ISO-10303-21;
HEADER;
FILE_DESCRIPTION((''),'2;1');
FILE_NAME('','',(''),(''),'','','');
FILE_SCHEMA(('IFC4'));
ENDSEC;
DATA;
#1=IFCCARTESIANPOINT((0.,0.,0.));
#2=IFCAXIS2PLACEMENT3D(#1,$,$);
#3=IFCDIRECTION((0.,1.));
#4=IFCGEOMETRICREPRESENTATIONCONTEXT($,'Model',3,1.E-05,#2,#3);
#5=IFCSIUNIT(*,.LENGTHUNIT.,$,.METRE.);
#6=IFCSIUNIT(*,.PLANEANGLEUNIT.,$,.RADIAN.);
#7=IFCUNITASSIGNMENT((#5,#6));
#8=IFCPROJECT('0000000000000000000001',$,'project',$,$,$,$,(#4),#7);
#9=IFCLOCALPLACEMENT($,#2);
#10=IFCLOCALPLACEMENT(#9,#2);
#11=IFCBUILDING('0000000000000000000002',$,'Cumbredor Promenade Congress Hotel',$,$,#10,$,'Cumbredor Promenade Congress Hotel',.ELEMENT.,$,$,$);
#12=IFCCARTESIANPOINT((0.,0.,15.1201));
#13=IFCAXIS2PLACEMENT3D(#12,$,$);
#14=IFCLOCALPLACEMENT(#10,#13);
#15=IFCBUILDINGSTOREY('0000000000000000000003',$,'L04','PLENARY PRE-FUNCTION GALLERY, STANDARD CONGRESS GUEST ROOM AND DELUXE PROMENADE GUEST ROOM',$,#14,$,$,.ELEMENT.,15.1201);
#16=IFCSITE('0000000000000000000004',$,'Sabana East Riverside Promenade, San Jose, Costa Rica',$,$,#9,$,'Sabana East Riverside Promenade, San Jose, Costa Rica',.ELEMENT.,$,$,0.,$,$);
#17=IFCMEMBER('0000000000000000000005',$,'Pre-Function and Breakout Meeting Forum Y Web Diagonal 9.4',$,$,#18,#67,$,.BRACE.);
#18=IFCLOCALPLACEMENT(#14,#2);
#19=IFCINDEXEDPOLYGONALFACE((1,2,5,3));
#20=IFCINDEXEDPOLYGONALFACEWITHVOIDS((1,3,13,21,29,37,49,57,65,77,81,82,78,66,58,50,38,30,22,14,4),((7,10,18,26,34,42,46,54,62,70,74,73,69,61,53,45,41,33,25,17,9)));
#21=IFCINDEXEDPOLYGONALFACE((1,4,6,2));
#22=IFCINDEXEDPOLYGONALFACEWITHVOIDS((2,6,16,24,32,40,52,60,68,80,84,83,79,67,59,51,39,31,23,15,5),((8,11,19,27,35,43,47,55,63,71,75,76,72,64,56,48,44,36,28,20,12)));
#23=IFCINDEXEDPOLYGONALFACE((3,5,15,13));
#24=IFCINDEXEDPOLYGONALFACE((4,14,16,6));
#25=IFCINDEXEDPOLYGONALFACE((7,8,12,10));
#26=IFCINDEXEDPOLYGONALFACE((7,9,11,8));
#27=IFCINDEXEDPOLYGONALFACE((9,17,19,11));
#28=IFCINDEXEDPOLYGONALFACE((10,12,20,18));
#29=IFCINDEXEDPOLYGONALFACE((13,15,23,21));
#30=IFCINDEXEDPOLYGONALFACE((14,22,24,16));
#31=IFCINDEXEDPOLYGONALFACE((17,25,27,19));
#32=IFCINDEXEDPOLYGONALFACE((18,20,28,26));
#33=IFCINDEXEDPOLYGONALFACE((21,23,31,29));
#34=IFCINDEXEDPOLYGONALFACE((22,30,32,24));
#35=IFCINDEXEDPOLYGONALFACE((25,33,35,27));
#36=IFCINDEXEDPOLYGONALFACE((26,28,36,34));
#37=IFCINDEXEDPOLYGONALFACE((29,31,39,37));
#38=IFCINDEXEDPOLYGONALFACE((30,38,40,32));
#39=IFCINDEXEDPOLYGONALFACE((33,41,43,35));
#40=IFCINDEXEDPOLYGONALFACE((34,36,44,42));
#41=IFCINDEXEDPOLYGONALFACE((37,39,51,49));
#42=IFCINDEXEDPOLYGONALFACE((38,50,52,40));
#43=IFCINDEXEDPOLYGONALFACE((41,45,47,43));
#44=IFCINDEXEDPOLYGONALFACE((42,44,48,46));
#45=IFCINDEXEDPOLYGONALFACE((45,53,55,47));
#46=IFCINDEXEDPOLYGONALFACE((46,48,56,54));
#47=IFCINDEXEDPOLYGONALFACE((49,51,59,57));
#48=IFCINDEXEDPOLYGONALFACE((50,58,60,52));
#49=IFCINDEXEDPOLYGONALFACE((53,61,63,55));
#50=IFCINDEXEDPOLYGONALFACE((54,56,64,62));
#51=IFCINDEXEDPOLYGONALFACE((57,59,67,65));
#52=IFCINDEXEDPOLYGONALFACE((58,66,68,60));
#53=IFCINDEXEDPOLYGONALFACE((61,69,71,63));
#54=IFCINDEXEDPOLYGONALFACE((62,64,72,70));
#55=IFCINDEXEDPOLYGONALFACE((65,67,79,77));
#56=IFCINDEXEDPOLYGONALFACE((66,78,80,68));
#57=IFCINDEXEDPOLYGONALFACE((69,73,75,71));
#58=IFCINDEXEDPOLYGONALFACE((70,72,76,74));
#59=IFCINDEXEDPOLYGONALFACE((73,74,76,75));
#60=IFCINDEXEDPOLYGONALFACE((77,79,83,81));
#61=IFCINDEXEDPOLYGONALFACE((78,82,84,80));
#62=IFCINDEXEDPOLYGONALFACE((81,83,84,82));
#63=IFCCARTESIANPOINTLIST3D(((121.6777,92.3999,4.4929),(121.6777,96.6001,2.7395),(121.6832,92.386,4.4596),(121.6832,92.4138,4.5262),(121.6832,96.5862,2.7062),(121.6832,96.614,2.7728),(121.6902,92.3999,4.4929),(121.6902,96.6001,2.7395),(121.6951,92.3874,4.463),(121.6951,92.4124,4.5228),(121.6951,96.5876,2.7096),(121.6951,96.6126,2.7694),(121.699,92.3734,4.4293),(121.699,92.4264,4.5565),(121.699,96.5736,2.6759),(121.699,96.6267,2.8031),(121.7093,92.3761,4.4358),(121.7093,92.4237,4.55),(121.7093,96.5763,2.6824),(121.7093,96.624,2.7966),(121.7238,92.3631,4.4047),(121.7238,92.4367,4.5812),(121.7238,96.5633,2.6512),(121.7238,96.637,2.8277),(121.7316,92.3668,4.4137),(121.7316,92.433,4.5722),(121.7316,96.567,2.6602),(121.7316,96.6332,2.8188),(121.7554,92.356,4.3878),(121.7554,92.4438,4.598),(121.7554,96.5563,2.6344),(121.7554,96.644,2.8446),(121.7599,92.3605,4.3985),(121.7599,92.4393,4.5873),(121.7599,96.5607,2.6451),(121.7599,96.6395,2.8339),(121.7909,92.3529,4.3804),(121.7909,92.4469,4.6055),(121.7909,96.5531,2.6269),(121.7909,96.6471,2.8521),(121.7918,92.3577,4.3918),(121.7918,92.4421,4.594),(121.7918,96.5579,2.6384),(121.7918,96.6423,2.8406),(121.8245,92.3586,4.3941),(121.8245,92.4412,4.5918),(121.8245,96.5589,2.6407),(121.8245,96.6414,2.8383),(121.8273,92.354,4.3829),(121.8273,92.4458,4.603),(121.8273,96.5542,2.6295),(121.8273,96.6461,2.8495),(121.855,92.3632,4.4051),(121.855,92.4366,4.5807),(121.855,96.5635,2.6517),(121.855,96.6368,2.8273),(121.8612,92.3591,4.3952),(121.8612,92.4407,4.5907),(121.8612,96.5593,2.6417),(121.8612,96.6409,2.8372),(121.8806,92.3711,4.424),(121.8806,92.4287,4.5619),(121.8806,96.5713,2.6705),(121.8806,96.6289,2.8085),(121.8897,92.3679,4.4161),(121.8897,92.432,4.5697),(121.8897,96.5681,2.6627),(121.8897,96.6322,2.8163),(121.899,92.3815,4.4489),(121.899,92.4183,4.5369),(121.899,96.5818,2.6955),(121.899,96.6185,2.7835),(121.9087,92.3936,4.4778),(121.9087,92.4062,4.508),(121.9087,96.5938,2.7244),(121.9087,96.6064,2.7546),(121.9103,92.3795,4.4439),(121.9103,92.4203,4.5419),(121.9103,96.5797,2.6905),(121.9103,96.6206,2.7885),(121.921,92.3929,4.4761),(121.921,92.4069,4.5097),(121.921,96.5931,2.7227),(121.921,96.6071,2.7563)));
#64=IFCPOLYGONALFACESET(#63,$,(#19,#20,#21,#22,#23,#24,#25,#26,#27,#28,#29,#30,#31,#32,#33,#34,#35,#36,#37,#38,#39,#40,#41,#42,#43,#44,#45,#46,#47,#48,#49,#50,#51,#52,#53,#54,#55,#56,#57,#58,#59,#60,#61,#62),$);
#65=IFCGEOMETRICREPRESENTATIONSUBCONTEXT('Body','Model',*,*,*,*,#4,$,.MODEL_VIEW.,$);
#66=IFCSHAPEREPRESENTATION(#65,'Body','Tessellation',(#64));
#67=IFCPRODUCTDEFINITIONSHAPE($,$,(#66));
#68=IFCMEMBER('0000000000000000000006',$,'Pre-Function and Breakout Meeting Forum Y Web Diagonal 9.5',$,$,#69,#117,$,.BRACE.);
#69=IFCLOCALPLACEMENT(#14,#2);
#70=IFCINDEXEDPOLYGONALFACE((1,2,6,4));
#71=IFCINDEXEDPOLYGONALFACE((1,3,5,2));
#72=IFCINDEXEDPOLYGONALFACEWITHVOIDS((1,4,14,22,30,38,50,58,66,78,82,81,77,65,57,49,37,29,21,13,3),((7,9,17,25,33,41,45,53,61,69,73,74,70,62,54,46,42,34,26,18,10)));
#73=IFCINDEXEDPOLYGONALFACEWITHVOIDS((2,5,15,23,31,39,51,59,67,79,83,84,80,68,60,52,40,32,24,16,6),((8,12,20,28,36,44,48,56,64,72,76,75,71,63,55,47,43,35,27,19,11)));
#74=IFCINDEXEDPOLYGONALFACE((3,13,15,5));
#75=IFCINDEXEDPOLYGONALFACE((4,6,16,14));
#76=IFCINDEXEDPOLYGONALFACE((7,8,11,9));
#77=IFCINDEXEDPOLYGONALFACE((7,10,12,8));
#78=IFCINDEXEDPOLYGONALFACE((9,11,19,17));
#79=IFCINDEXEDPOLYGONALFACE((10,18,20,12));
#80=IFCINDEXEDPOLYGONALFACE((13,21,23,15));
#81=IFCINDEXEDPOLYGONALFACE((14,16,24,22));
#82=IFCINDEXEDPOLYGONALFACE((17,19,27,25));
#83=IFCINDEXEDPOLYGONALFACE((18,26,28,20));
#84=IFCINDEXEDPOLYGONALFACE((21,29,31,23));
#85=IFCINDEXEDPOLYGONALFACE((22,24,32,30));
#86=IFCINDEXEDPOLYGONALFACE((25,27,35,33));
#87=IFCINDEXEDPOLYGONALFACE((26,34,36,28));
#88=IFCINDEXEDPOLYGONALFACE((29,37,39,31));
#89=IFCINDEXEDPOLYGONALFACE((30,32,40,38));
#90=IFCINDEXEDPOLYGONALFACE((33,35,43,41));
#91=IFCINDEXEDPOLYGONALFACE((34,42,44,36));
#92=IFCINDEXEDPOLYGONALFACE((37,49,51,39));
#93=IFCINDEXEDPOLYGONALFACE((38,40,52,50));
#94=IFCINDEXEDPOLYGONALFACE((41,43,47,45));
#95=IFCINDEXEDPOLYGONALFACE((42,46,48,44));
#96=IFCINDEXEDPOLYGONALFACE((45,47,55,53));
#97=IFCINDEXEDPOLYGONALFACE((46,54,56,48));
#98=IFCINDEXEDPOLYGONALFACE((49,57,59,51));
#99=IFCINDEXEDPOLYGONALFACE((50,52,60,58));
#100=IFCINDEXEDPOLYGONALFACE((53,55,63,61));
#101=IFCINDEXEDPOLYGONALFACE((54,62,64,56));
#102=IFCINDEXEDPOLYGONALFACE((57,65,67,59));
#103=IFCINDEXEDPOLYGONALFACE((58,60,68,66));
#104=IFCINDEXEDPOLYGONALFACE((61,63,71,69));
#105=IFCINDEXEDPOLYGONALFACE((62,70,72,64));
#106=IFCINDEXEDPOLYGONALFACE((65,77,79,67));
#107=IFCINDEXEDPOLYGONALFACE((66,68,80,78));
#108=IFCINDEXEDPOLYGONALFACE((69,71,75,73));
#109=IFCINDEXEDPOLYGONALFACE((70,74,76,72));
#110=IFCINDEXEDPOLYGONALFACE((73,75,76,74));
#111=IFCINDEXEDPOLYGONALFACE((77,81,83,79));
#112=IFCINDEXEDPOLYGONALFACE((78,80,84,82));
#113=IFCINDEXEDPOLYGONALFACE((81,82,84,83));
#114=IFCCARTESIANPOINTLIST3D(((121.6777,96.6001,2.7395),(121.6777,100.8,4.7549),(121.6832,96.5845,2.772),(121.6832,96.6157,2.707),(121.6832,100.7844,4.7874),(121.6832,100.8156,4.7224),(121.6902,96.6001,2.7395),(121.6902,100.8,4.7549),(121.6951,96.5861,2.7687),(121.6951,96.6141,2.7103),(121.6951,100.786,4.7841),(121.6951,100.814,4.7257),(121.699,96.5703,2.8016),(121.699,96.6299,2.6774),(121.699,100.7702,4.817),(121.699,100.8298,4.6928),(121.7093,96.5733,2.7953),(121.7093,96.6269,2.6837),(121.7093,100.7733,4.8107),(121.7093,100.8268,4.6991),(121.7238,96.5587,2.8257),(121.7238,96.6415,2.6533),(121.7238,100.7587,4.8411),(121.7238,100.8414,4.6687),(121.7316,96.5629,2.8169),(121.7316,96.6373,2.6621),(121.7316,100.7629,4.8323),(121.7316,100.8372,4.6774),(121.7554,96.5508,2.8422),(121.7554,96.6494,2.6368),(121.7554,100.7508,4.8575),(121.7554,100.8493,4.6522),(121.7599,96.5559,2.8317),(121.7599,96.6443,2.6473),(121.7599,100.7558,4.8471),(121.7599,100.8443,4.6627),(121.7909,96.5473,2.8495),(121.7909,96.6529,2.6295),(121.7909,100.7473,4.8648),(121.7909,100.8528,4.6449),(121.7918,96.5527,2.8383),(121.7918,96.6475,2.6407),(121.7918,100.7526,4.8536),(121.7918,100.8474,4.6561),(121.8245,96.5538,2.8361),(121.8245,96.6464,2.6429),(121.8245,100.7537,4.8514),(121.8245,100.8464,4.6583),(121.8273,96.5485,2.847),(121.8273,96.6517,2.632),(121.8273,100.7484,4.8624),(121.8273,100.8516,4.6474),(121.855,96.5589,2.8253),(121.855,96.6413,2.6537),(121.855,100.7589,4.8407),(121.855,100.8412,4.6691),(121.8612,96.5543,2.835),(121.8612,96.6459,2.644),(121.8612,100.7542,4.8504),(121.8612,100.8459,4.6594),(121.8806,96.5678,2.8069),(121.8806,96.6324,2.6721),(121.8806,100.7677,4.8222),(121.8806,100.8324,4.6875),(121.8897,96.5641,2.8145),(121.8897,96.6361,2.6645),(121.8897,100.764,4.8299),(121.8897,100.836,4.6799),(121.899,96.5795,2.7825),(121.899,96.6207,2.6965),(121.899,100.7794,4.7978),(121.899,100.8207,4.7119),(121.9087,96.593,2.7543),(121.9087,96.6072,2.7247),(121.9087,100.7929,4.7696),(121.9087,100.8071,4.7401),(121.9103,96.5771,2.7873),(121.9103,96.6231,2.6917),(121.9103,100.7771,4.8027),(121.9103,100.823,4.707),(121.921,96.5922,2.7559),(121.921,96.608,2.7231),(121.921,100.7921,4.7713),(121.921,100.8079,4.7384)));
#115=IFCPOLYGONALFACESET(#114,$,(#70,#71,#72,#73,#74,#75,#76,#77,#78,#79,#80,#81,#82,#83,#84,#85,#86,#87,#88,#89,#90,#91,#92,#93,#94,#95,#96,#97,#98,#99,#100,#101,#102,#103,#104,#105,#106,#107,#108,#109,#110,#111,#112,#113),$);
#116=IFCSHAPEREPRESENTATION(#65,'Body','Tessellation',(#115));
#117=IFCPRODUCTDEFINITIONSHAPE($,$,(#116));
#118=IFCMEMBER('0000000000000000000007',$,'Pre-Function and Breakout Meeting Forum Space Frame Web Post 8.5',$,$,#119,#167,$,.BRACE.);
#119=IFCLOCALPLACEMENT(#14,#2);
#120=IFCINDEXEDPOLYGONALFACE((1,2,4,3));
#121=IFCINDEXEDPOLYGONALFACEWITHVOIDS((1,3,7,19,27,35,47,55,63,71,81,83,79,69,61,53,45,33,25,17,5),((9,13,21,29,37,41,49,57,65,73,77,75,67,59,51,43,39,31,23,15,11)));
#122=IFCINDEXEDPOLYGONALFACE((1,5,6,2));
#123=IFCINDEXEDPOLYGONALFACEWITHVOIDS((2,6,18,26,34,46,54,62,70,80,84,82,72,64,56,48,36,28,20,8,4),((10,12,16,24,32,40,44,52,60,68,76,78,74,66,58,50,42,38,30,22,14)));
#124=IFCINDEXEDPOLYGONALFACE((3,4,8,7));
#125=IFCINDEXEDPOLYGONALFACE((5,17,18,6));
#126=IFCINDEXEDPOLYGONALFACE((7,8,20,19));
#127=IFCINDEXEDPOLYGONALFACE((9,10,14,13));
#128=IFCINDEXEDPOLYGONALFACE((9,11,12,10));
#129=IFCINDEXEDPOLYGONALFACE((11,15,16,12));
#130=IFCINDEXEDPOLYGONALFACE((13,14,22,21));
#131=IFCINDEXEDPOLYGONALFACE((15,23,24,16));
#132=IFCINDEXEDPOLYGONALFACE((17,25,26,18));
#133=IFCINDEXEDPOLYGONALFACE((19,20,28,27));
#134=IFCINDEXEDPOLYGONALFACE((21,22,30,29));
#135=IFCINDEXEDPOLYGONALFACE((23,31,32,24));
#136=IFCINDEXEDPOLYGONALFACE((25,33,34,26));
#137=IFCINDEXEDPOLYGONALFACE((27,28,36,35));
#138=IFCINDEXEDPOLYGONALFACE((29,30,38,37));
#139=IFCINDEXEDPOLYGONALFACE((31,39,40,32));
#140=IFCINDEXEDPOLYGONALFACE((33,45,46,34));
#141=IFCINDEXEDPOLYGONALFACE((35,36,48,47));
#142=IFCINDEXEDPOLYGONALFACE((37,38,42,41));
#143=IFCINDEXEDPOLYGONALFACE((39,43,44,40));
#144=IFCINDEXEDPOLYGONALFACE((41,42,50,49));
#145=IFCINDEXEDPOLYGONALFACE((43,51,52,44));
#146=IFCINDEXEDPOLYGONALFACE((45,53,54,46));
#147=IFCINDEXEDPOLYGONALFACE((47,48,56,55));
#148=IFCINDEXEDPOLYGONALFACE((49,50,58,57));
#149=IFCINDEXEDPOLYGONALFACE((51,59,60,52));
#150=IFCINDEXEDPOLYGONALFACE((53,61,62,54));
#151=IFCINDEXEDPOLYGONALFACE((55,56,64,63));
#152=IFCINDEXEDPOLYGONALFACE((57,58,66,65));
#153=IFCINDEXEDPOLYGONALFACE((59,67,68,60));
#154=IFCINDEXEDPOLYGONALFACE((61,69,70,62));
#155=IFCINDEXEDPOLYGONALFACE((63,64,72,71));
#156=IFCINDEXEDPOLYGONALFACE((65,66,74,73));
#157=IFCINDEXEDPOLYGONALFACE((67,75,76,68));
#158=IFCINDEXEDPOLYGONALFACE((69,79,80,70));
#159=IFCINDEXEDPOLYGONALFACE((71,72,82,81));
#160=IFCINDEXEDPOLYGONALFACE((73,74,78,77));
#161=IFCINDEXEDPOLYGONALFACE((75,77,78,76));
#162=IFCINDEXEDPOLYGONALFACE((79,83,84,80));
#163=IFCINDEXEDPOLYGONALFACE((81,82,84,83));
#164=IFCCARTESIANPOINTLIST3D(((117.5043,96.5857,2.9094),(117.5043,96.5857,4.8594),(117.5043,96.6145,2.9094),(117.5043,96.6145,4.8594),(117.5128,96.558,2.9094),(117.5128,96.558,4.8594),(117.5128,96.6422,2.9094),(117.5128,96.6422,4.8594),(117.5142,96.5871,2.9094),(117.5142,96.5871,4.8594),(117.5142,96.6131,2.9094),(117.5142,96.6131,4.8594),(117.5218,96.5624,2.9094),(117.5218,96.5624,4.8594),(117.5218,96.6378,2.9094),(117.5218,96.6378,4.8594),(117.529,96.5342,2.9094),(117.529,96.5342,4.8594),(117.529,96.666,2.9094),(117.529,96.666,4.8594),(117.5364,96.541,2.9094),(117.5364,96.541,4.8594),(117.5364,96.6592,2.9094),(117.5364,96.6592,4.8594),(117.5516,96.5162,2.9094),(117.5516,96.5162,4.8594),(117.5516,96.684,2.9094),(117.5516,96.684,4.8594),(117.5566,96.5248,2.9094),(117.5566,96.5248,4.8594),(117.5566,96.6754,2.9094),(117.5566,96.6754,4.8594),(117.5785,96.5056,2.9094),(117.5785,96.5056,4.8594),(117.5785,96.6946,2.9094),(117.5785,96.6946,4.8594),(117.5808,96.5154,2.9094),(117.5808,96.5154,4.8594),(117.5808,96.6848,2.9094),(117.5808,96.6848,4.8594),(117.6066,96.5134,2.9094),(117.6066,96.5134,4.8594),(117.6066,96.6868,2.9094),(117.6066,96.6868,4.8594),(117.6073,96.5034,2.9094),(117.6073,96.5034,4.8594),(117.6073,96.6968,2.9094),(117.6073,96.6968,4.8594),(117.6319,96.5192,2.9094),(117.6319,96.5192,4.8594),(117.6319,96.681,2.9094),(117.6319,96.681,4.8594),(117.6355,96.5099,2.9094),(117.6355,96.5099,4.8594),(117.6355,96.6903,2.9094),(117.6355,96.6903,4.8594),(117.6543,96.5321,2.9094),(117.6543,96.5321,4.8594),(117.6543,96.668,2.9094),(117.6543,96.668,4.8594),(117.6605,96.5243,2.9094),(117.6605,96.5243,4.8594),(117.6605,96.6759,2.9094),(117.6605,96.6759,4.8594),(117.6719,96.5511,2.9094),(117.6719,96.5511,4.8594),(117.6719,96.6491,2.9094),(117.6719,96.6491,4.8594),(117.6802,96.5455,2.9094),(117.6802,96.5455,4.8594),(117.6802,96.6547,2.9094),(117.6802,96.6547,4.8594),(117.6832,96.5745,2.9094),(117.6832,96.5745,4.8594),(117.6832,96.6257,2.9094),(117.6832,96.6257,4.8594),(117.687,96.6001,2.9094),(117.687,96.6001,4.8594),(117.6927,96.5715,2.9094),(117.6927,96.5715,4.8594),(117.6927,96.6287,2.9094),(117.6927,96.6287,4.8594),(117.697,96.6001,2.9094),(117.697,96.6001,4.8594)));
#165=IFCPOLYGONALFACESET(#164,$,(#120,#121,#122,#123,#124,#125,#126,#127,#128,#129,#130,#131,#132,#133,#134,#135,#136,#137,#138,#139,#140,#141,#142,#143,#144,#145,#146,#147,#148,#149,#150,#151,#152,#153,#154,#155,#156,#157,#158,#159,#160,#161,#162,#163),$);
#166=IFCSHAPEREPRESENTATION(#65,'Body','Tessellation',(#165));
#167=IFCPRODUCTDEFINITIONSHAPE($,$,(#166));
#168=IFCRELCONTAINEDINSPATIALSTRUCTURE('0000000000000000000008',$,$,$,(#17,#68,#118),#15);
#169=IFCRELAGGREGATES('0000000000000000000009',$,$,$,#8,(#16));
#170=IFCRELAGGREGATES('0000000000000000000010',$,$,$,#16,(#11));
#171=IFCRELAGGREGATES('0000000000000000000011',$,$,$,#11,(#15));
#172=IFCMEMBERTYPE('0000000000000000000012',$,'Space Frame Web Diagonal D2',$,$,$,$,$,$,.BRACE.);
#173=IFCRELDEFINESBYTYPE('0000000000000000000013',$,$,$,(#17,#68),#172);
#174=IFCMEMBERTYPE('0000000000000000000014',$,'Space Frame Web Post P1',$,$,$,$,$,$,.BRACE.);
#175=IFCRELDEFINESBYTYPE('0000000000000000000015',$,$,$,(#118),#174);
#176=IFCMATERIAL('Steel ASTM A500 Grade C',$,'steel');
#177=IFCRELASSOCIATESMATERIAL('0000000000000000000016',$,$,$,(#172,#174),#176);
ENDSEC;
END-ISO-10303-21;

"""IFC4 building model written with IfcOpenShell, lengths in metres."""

from ifc_helpers import new_model, si_unit, direction, frame, origin, origin_2d, place, context, subcontext, project, spatial, hollow_circle, extrude, material, material_profile, profile_set, type_object, element, save


model = new_model("IFC4")

# Units and contexts
model_context = context("Model", 3, precision=1e-05, world=origin(), true_north=direction((0.0, 1.0)))
body_context = subcontext(model_context, "Body", "Model", "MODEL_VIEW")
ifc_project = project(units=[si_unit("LENGTHUNIT", "METRE"), si_unit("PLANEANGLEUNIT", "RADIAN")], contexts=[model_context])

# Site, building, storey
site_placement = place(None, origin())
site = spatial("IfcSite", under=ifc_project, at=site_placement, Name="Sabana East Riverside Promenade, San Jose, Costa Rica", LongName="Sabana East Riverside Promenade, San Jose, Costa Rica", CompositionType="ELEMENT", RefElevation=0.0)
building_placement = place(site_placement, origin())
building = spatial("IfcBuilding", under=site, at=building_placement, Name="Cumbredor Promenade Congress Hotel", LongName="Cumbredor Promenade Congress Hotel", CompositionType="ELEMENT")
storey_placement = place(building_placement, frame((0.0, 0.0, 15.1201)))
storey = spatial("IfcBuildingStorey", under=building, at=storey_placement, Name="L04", Description="PLENARY PRE-FUNCTION GALLERY, STANDARD CONGRESS GUEST ROOM AND DELUXE PROMENADE GUEST ROOM", CompositionType="ELEMENT", Elevation=15.1201)

# Members
ifc_material_1 = material(Name="Steel ASTM A500 Grade C", Category="steel")
ifc_material_profile_1 = material_profile(ifc_material_1, hollow_circle(Radius=0.1223, WallThickness=0.0125, at=origin_2d()), Name="CHS 244.5x12.5")
ifc_profile_set_1 = profile_set([ifc_material_profile_1], Name="Steel ASTM A500 Grade C")
member_type_1 = type_object("IfcMemberType", Name="Space Frame Web Diagonal D2", PredefinedType="BRACE", material=ifc_profile_set_1)
member_1_placement = place(storey_placement, frame((121.8, 92.3999, 4.4929), z_axis=(0.0, 0.922816, -0.38524), x_axis=(-1.0, 0.0, 0.0)))
element("IfcMember", 1, at=member_1_placement, inside=storey, type_object=member_type_1, Name="Pre-Function and Breakout Meeting Forum Y Web Diagonal 9.4", PredefinedType="BRACE", context=body_context, shape_type="SweptSolid", body=[
    extrude(hollow_circle(Radius=0.1223, WallThickness=0.0125, at=origin_2d()), origin(), (0.0, 0.0, 1.0), 4.5515),
])
member_2_placement = place(storey_placement, frame((121.8, 96.6001, 2.7395), z_axis=(0.0, 0.901573, 0.432627), x_axis=(-1.0, 0.0, 0.0)))
element("IfcMember", 2, at=member_2_placement, inside=storey, type_object=member_type_1, Name="Pre-Function and Breakout Meeting Forum Y Web Diagonal 9.5", PredefinedType="BRACE", context=body_context, shape_type="SweptSolid", body=[
    extrude(hollow_circle(Radius=0.1223, WallThickness=0.0125, at=origin_2d()), origin(), (0.0, 0.0, 1.0), 4.6584),
])
ifc_material_profile_2 = material_profile(ifc_material_1, hollow_circle(Radius=0.0969, WallThickness=0.01, at=origin_2d()), Name="CHS 193.7x10")
ifc_profile_set_2 = profile_set([ifc_material_profile_2], Name="Steel ASTM A500 Grade C")
member_type_2 = type_object("IfcMemberType", Name="Space Frame Web Post P1", PredefinedType="BRACE", material=ifc_profile_set_2)
for number, where, z_axis, x_axis, name in (
    (3, (117.6001, 96.6001, 2.9094), (0.0, 0.0, 1.0), (1.0, 0.0, 0.0), "Pre-Function and Breakout Meeting Forum Space Frame Web Post 8.5"),
):
    element("IfcMember", number, at=place(storey_placement, frame(where, z_axis=z_axis, x_axis=x_axis)), inside=storey, type_object=member_type_2, Name=name, PredefinedType="BRACE", context=body_context, shape_type="SweptSolid", body=[
        extrude(hollow_circle(Radius=0.0969, WallThickness=0.01, at=origin_2d()), origin(), (0.0, 0.0, 1.0), 1.95),
    ])

save(model, "model.ifc")
